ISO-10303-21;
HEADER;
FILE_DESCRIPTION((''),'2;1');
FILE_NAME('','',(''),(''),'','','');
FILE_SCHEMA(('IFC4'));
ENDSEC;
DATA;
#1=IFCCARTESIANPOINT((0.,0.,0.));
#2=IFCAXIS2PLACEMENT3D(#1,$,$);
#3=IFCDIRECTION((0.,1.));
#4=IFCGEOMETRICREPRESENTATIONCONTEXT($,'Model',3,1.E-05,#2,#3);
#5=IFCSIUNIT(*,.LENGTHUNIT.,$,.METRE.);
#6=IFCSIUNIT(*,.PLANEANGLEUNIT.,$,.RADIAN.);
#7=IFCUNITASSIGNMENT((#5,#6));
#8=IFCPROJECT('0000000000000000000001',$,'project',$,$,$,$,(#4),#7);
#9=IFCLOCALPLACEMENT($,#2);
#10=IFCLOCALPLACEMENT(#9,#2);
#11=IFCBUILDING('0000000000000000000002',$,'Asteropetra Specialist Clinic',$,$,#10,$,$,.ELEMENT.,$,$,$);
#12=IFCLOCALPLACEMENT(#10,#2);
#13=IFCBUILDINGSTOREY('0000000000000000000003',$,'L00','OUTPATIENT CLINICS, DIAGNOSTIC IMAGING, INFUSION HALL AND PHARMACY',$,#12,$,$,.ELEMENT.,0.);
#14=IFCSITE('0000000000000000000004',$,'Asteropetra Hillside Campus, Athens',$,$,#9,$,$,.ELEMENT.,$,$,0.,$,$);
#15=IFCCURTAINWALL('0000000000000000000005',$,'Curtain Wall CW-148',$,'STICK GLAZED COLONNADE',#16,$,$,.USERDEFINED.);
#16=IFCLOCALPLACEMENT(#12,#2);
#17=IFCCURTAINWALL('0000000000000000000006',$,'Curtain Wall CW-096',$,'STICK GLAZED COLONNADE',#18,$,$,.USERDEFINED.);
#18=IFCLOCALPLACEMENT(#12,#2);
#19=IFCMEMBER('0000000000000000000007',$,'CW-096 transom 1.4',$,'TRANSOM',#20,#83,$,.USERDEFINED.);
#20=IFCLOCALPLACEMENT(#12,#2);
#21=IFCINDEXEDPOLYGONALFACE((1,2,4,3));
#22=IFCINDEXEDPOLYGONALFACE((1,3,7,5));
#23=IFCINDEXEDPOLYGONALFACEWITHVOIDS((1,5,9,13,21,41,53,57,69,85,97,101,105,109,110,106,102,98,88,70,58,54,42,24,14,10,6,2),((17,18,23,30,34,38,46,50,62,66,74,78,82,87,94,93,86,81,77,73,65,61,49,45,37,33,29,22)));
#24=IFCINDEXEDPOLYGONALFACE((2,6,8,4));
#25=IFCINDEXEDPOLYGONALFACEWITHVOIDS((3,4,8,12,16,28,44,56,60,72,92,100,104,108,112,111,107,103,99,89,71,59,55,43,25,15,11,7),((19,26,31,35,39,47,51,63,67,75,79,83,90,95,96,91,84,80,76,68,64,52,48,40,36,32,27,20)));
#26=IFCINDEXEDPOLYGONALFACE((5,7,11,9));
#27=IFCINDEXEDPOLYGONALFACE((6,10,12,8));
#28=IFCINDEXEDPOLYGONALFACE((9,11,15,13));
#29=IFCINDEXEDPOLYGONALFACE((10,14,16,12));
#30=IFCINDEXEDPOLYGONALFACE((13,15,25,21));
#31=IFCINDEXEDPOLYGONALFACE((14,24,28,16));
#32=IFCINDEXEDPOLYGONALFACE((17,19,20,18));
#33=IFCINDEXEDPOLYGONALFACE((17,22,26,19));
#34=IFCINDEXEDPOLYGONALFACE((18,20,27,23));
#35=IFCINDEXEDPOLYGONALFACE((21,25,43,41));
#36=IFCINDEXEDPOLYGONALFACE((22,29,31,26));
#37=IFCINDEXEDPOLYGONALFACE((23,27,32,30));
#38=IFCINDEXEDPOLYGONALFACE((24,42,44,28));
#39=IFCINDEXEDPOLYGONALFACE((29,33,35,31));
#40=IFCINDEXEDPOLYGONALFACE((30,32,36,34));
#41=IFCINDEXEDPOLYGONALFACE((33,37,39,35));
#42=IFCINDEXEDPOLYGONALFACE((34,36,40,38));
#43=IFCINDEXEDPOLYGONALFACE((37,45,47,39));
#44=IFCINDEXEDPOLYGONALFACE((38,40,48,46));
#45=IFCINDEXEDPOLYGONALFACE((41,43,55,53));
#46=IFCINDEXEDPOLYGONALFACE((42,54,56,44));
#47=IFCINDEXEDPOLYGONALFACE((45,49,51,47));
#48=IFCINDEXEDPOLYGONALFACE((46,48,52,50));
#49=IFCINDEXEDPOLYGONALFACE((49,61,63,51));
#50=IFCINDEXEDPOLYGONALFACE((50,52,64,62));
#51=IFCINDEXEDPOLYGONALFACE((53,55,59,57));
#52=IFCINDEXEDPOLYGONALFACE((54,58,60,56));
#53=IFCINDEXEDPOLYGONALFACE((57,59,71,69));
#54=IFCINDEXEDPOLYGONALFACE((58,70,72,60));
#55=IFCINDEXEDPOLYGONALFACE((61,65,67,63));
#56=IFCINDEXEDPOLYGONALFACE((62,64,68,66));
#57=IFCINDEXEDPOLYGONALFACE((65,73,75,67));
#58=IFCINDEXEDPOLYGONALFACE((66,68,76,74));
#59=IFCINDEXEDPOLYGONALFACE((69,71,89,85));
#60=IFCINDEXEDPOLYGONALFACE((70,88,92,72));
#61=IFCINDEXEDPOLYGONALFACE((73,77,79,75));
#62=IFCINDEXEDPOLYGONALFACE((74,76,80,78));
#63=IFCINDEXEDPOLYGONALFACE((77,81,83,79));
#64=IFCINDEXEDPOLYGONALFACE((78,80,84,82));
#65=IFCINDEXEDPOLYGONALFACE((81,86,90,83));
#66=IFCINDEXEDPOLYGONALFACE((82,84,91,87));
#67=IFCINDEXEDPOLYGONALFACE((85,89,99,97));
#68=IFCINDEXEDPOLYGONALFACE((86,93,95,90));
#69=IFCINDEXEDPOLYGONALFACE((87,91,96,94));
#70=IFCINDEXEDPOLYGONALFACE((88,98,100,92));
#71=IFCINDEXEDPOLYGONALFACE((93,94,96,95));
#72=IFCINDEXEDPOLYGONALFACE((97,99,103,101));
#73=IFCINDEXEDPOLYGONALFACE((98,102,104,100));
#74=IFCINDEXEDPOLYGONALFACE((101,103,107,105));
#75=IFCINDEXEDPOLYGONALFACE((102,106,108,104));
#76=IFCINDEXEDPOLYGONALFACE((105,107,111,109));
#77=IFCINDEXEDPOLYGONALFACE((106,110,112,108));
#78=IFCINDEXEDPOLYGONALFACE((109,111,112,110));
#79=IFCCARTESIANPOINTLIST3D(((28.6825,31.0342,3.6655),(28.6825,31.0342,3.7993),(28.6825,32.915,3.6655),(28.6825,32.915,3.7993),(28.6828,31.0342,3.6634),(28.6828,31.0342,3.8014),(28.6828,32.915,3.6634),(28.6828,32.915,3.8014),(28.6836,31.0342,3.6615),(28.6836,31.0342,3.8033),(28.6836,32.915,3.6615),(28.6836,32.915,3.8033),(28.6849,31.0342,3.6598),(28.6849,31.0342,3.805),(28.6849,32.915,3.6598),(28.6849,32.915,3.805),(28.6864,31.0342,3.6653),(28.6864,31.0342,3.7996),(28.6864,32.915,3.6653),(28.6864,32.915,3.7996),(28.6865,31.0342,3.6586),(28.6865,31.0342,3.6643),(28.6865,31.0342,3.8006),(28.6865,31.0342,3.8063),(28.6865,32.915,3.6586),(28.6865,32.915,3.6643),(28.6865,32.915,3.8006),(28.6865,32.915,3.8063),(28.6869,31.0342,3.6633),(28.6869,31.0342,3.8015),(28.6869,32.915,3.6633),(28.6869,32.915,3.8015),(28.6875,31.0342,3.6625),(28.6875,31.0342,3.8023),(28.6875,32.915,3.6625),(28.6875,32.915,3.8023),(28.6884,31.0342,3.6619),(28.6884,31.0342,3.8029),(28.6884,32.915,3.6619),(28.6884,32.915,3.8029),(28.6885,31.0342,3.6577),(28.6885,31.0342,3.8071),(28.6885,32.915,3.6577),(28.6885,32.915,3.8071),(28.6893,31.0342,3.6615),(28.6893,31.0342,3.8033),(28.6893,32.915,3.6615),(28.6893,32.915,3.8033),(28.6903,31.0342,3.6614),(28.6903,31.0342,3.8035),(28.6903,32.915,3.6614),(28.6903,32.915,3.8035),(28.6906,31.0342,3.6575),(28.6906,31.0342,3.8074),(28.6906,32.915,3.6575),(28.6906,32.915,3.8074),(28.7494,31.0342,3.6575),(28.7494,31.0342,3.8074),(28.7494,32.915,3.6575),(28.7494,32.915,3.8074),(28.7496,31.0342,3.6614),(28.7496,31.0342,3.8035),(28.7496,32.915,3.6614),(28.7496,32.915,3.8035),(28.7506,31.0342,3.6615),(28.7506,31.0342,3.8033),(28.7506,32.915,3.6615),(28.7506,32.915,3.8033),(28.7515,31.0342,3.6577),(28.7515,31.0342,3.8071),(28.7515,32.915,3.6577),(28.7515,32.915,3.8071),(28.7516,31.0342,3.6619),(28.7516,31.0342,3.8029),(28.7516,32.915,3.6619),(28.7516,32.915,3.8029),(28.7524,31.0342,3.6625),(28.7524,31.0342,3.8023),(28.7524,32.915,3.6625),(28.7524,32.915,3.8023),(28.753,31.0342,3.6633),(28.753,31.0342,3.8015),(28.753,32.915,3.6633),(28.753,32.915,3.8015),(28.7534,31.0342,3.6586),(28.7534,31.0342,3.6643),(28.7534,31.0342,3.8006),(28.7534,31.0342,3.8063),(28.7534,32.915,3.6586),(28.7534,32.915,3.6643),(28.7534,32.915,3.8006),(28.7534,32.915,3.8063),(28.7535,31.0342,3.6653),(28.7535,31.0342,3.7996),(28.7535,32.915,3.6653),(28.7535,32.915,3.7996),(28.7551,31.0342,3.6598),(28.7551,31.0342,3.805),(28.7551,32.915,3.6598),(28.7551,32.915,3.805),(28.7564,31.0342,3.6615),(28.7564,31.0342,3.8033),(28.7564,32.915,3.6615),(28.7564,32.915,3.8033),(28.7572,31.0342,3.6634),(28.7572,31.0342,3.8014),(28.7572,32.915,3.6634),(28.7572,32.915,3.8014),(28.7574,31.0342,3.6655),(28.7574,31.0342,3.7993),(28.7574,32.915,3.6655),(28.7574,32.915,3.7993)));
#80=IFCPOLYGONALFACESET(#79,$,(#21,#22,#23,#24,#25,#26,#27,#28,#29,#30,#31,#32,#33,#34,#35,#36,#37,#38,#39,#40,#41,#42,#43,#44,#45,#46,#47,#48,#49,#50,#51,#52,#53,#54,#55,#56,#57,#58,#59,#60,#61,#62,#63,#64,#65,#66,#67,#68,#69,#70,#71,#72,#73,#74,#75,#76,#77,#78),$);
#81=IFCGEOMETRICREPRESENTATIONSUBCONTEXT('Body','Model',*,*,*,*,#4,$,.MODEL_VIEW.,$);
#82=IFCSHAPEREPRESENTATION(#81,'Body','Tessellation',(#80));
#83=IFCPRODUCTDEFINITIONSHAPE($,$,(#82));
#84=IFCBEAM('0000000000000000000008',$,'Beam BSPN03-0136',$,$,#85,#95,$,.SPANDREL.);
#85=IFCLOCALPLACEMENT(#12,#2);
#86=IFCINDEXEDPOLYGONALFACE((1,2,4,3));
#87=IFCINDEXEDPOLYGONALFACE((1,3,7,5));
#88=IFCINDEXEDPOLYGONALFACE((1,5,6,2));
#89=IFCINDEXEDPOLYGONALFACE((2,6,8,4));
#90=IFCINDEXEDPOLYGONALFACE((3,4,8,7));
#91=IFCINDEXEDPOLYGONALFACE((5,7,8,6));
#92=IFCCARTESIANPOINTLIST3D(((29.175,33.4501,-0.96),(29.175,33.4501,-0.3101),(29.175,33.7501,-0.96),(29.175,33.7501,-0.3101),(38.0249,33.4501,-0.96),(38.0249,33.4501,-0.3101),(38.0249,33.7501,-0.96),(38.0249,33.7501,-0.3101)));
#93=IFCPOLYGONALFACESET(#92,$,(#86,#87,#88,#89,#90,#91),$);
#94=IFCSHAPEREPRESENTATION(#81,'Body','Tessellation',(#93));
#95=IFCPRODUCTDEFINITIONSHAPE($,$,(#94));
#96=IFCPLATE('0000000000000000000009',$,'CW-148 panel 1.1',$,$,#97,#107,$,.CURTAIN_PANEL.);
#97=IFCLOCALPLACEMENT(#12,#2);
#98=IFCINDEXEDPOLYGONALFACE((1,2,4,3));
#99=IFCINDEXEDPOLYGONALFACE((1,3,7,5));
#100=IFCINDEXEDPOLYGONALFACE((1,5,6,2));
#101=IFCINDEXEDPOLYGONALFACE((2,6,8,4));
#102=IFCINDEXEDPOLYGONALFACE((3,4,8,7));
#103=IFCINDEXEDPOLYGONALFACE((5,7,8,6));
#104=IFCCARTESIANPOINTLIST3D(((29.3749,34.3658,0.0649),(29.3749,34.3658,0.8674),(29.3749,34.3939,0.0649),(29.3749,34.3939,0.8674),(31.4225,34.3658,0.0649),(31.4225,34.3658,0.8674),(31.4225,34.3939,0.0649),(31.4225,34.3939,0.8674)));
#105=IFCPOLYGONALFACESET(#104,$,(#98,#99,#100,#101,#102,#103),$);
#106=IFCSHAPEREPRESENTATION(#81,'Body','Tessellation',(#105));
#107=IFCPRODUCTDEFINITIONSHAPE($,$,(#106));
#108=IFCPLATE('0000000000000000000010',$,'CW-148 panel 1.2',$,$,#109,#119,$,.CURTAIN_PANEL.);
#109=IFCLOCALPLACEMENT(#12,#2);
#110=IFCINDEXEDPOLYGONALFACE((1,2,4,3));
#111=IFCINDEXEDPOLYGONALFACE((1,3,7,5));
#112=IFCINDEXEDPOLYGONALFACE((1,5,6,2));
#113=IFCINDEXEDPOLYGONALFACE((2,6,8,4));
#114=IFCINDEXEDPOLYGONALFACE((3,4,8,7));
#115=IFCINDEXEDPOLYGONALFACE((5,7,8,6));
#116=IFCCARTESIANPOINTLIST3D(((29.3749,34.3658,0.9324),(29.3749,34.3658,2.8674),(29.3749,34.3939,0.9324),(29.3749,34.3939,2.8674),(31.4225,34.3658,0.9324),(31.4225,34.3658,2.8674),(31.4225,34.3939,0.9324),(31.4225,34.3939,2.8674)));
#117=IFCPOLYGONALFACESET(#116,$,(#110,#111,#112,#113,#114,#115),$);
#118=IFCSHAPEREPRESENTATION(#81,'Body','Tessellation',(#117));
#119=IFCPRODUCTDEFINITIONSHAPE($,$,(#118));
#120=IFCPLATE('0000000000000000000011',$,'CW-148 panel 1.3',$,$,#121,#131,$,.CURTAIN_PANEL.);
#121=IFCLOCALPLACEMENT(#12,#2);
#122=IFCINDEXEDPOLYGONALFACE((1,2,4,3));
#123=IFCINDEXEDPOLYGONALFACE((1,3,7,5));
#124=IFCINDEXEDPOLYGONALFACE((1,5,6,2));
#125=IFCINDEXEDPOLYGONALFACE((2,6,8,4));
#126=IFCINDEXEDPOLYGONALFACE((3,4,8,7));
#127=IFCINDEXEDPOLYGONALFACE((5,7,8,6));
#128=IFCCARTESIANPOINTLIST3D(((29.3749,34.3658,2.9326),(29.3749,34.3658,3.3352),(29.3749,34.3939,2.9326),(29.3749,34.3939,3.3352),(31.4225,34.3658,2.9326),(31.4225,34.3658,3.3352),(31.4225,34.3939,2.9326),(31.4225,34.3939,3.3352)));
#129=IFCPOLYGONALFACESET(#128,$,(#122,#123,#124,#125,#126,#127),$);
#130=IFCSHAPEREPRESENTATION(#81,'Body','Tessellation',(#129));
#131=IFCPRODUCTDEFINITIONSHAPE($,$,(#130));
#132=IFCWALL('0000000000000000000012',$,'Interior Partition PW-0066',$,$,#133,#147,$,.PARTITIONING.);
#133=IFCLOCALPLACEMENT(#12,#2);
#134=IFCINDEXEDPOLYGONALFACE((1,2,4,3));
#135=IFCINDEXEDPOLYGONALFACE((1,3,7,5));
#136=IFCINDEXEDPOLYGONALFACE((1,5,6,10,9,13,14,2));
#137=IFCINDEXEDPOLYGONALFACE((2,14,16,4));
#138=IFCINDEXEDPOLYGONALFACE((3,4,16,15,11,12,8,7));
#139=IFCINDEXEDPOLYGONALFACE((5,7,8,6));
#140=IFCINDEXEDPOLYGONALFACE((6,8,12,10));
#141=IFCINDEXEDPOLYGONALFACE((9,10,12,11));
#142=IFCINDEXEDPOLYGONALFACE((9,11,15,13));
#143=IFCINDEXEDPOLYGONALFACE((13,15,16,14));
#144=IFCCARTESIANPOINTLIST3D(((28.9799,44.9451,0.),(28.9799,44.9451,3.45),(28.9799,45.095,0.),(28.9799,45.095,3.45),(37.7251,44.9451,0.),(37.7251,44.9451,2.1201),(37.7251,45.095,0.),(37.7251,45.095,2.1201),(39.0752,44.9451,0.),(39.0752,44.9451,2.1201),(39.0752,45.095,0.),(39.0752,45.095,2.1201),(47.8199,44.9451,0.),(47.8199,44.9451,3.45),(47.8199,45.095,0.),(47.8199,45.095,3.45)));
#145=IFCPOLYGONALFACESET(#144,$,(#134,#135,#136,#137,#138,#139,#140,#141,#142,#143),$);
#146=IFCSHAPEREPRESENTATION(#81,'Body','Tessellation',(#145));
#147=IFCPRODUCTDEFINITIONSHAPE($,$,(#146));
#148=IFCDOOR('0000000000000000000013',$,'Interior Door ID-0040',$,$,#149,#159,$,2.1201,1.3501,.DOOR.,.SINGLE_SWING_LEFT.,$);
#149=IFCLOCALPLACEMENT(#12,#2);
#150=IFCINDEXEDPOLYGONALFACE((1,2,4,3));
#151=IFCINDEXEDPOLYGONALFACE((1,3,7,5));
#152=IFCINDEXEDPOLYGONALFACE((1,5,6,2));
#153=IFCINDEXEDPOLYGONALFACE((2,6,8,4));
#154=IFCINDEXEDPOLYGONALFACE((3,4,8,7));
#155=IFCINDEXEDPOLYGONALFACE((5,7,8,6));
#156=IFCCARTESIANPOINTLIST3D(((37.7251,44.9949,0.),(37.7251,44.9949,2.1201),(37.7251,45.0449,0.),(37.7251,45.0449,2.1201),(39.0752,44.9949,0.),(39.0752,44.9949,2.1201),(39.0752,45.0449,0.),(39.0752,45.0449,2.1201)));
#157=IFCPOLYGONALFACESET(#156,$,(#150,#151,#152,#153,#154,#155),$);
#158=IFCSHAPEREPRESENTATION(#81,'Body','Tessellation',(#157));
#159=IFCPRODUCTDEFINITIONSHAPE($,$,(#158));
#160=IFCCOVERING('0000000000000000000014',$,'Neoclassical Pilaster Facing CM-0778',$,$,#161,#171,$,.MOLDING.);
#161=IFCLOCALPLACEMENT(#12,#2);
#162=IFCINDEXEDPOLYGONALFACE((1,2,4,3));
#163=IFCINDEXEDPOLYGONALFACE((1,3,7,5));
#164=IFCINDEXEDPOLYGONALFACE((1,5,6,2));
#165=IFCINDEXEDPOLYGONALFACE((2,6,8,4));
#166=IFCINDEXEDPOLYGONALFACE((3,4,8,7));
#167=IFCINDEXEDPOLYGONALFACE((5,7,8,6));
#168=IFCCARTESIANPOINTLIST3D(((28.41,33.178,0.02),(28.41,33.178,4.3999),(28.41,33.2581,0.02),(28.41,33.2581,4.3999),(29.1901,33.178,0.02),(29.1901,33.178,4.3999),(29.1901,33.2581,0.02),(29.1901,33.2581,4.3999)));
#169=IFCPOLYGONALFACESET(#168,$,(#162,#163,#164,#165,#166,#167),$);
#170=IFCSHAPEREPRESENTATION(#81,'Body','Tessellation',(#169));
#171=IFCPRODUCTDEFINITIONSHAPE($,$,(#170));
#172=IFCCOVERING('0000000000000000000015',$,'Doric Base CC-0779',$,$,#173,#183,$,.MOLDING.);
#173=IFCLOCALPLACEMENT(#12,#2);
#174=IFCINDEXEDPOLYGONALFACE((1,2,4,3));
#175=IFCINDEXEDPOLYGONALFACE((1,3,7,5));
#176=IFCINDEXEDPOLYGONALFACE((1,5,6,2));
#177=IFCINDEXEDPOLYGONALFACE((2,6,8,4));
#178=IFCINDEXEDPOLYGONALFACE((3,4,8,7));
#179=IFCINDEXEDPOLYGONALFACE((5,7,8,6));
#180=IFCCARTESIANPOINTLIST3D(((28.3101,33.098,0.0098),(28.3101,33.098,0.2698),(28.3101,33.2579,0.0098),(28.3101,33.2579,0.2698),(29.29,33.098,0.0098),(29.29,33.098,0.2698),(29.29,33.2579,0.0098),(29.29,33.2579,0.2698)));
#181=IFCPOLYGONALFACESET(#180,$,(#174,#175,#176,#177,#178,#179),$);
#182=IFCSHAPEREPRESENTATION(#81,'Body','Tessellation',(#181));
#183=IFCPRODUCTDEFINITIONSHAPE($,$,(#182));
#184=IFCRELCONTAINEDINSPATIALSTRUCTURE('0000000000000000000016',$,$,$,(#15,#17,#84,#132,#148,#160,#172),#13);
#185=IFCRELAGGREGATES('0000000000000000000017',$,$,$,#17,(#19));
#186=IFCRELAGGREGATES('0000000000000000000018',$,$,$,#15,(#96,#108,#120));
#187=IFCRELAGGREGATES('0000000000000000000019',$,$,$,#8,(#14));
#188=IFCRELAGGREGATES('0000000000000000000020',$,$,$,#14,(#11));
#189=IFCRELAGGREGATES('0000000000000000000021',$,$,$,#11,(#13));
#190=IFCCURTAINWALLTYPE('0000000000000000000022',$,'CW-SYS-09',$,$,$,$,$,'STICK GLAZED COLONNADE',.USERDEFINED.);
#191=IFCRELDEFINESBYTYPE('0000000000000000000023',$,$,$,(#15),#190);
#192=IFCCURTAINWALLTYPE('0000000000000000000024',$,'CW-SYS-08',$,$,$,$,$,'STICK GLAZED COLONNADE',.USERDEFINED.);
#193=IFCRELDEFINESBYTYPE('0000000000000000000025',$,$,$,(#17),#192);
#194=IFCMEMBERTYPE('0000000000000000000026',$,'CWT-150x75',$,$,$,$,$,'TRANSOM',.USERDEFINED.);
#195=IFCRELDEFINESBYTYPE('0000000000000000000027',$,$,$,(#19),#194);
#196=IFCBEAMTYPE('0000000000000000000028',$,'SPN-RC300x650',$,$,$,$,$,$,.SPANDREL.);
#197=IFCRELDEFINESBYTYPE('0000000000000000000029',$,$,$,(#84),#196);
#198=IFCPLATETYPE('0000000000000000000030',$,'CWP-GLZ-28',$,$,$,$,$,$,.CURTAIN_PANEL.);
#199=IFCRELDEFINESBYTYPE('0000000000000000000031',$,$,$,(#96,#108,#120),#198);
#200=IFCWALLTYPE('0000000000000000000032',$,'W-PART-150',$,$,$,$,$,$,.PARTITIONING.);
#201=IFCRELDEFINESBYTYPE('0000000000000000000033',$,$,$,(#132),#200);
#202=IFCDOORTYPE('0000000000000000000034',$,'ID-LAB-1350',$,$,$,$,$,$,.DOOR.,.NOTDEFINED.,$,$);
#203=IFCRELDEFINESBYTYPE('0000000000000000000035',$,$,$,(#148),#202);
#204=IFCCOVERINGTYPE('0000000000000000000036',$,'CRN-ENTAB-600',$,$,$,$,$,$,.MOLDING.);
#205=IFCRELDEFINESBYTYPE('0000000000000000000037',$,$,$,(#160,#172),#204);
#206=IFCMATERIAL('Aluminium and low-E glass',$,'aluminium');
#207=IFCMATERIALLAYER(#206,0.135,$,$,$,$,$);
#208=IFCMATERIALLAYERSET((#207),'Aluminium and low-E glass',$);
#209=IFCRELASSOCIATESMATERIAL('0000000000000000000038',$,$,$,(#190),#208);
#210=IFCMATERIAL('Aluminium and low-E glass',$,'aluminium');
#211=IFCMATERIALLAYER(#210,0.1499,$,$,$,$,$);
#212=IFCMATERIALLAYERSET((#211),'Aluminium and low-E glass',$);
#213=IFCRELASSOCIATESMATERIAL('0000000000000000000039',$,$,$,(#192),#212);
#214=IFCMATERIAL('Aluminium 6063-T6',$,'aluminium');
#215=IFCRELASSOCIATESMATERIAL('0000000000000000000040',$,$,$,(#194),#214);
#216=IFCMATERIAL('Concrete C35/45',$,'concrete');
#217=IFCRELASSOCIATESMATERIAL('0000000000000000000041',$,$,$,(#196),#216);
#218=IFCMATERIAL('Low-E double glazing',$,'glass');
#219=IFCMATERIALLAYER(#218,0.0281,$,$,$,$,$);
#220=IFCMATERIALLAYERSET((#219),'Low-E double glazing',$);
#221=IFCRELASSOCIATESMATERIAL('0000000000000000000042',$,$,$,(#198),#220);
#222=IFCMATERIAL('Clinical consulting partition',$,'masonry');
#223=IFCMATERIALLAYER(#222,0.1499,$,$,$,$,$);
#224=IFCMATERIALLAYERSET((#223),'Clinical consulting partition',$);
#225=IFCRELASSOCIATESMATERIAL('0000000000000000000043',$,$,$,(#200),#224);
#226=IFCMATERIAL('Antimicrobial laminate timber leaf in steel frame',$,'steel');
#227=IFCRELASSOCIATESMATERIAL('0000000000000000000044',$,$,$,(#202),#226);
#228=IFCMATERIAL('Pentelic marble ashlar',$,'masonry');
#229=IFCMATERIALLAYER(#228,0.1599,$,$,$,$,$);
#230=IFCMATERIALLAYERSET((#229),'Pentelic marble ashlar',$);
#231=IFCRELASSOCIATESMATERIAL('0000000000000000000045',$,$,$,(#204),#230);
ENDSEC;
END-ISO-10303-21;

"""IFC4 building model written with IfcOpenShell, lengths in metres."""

from ifc_helpers import new_model, si_unit, direction, frame, frame_2d, origin, origin_2d, place, context, subcontext, project, spatial, rectangle, hollow_rectangle, extrude, material, layer, layer_set, material_profile, profile_set, type_object, element, fill, aggregate, save


model = new_model("IFC4")

# Units and contexts
model_context = context("Model", 3, precision=1e-05, world=origin(), true_north=direction((0.0, 1.0)))
body_context = subcontext(model_context, "Body", "Model", "MODEL_VIEW")
ifc_project = project(units=[si_unit("LENGTHUNIT", "METRE"), si_unit("PLANEANGLEUNIT", "RADIAN")], contexts=[model_context])

# Site, building, storey
site_placement = place(None, origin())
site = spatial("IfcSite", under=ifc_project, at=site_placement, Name="Asteropetra Hillside Campus, Athens", CompositionType="ELEMENT", RefElevation=0.0)
building_placement = place(site_placement, origin())
building = spatial("IfcBuilding", under=site, at=building_placement, Name="Asteropetra Specialist Clinic", CompositionType="ELEMENT")
storey_placement = place(building_placement, origin())
storey = spatial("IfcBuildingStorey", under=building, at=storey_placement, Name="L00", Description="OUTPATIENT CLINICS, DIAGNOSTIC IMAGING, INFUSION HALL AND PHARMACY", CompositionType="ELEMENT", Elevation=0.0)

# Curtain walls
ifc_material_1 = material(Name="Aluminium and low-E glass", Category="aluminium")
ifc_layer_1 = layer(ifc_material_1, 0.135)
ifc_layer_set_1 = layer_set([ifc_layer_1], Name="Aluminium and low-E glass")
curtain_wall_type_1 = type_object("IfcCurtainWallType", Name="CW-SYS-09", ElementType="STICK GLAZED COLONNADE", PredefinedType="USERDEFINED", material=ifc_layer_set_1)
curtain_wall_1_placement = place(storey_placement, origin())
curtain_wall_1 = element("IfcCurtainWall", 1, at=curtain_wall_1_placement, inside=storey, type_object=curtain_wall_type_1, Name="Curtain Wall CW-148", ObjectType="STICK GLAZED COLONNADE", PredefinedType="USERDEFINED")
ifc_material_2 = material(Name="Aluminium and low-E glass", Category="aluminium")
ifc_layer_2 = layer(ifc_material_2, 0.1499)
ifc_layer_set_2 = layer_set([ifc_layer_2], Name="Aluminium and low-E glass")
curtain_wall_type_2 = type_object("IfcCurtainWallType", Name="CW-SYS-08", ElementType="STICK GLAZED COLONNADE", PredefinedType="USERDEFINED", material=ifc_layer_set_2)
curtain_wall_2_placement = place(storey_placement, origin())
curtain_wall_2 = element("IfcCurtainWall", 2, at=curtain_wall_2_placement, inside=storey, type_object=curtain_wall_type_2, Name="Curtain Wall CW-096", ObjectType="STICK GLAZED COLONNADE", PredefinedType="USERDEFINED")

# Member
ifc_material_3 = material(Name="Aluminium 6063-T6", Category="aluminium")
ifc_material_profile_1 = material_profile(ifc_material_3, hollow_rectangle(XDim=0.075, YDim=0.1499, WallThickness=0.0039, InnerFilletRadius=0.0039, OuterFilletRadius=0.0081, at=origin_2d()), Name="TRN 150x75x4.0")
ifc_profile_set_1 = profile_set([ifc_material_profile_1], Name="Aluminium 6063-T6")
member_type_1 = type_object("IfcMemberType", Name="CWT-150x75", ElementType="TRANSOM", PredefinedType="USERDEFINED", material=ifc_profile_set_1)
member_1_placement = place(storey_placement, frame((28.72, 32.915, 3.7324), z_axis=(0.0, -1.0, 0.0), x_axis=(1.0, 0.0, 0.0)))
member_1 = element("IfcMember", 3, at=member_1_placement, type_object=member_type_1, Name="CW-096 transom 1.4", ObjectType="TRANSOM", PredefinedType="USERDEFINED", context=body_context, shape_type="SweptSolid", body=[
    extrude(hollow_rectangle(XDim=0.075, YDim=0.1499, WallThickness=0.0039, InnerFilletRadius=0.0039, OuterFilletRadius=0.0081, at=origin_2d()), origin(), (0.0, 0.0, 1.0), 1.8809),
])
aggregate(curtain_wall_2, [member_1])

# Beam
ifc_material_4 = material(Name="Concrete C35/45", Category="concrete")
ifc_material_profile_2 = material_profile(ifc_material_4, rectangle(XDim=0.3, YDim=0.6499, at=origin_2d()), Name="RCS 300x650")
ifc_profile_set_2 = profile_set([ifc_material_profile_2], Name="Concrete C35/45")
beam_type_1 = type_object("IfcBeamType", Name="SPN-RC300x650", PredefinedType="SPANDREL", material=ifc_profile_set_2)
beam_1_placement = place(storey_placement, frame((29.175, 33.6001, -0.635), z_axis=(1.0, 0.0, 0.0), x_axis=(0.0, 1.0, 0.0)))
element("IfcBeam", 4, at=beam_1_placement, inside=storey, type_object=beam_type_1, Name="Beam BSPN03-0136", PredefinedType="SPANDREL", context=body_context, shape_type="SweptSolid", body=[
    extrude(rectangle(XDim=0.3, YDim=0.6499, at=origin_2d()), origin(), (0.0, 0.0, 1.0), 8.8499),
])

# Plates
ifc_material_5 = material(Name="Low-E double glazing", Category="glass")
ifc_layer_3 = layer(ifc_material_5, 0.0281)
ifc_layer_set_3 = layer_set([ifc_layer_3], Name="Low-E double glazing")
plate_type = type_object("IfcPlateType", Name="CWP-GLZ-28", PredefinedType="CURTAIN_PANEL", material=ifc_layer_set_3)
plate_1_placement = place(storey_placement, frame((30.3987, 34.3799, 0.0649), z_axis=(0.0, 0.0, 1.0), x_axis=(1.0, 0.0, 0.0)))
plate_1 = element("IfcPlate", 5, at=plate_1_placement, type_object=plate_type, Name="CW-148 panel 1.1", PredefinedType="CURTAIN_PANEL", context=body_context, shape_type="SweptSolid", body=[
    extrude(rectangle(XDim=2.0476, YDim=0.0281, at=origin_2d()), origin(), (0.0, 0.0, 1.0), 0.8025),
])
plate_2_placement = place(storey_placement, frame((30.3987, 34.3799, 0.9324), z_axis=(0.0, 0.0, 1.0), x_axis=(1.0, 0.0, 0.0)))
plate_2 = element("IfcPlate", 6, at=plate_2_placement, type_object=plate_type, Name="CW-148 panel 1.2", PredefinedType="CURTAIN_PANEL", context=body_context, shape_type="SweptSolid", body=[
    extrude(rectangle(XDim=2.0476, YDim=0.0281, at=origin_2d()), origin(), (0.0, 0.0, 1.0), 1.9351),
])
plate_3_placement = place(storey_placement, frame((30.3987, 34.3799, 2.9326), z_axis=(0.0, 0.0, 1.0), x_axis=(1.0, 0.0, 0.0)))
plate_3 = element("IfcPlate", 7, at=plate_3_placement, type_object=plate_type, Name="CW-148 panel 1.3", PredefinedType="CURTAIN_PANEL", context=body_context, shape_type="SweptSolid", body=[
    extrude(rectangle(XDim=2.0476, YDim=0.0281, at=origin_2d()), origin(), (0.0, 0.0, 1.0), 0.4026),
])
aggregate(curtain_wall_1, [plate_1, plate_2, plate_3])

# Wall, opening, door
ifc_material_6 = material(Name="Clinical consulting partition", Category="masonry")
ifc_layer_4 = layer(ifc_material_6, 0.1499)
ifc_layer_set_4 = layer_set([ifc_layer_4], Name="Clinical consulting partition")
wall_type = type_object("IfcWallType", Name="W-PART-150", PredefinedType="PARTITIONING", material=ifc_layer_set_4)
wall_placement = place(storey_placement, frame((28.98, 45.02, 0.0), z_axis=(0.0, 0.0, 1.0), x_axis=(1.0, 0.0, 0.0)))
wall = element("IfcWall", 8, at=wall_placement, inside=storey, type_object=wall_type, Name="Interior Partition PW-0066", PredefinedType="PARTITIONING", context=body_context, shape_type="SweptSolid", body=[
    extrude(rectangle(XDim=18.8401, YDim=0.1499, at=frame_2d((9.4199, 0.0))), origin(), (0.0, 0.0, 1.0), 3.45),
])
opening_placement = place(wall_placement, frame((8.7451, 0.0, 0.0)))
opening = element("IfcOpeningElement", 9, at=opening_placement, cuts=wall, PredefinedType="OPENING", context=body_context, shape_type="SweptSolid", body=[
    extrude(rectangle(XDim=1.3501, YDim=2.1201, at=frame_2d((0.675, 1.0601))), frame((0.0, 0.085, 0.0), z_axis=(0.0, -1.0, 0.0), x_axis=(1.0, 0.0, 0.0)), (0.0, 0.0, 1.0), 0.1699),
])
ifc_material_7 = material(Name="Antimicrobial laminate timber leaf in steel frame", Category="steel")
door_type = type_object("IfcDoorType", Name="ID-LAB-1350", OperationType="NOTDEFINED", PredefinedType="DOOR", material=ifc_material_7)
door_placement = place(opening_placement, origin())
door = element("IfcDoor", 10, at=door_placement, inside=storey, type_object=door_type, Name="Interior Door ID-0040", OperationType="SINGLE_SWING_LEFT", OverallHeight=2.1201, OverallWidth=1.3501, PredefinedType="DOOR", context=body_context, shape_type="SweptSolid", body=[
    extrude(rectangle(XDim=1.3501, YDim=2.1201, at=frame_2d((0.675, 1.0601))), frame((0.0, 0.0249, 0.0), z_axis=(0.0, -1.0, 0.0), x_axis=(1.0, 0.0, 0.0)), (0.0, 0.0, 1.0), 0.05),
])
fill(opening, door)

# Coverings
ifc_material_8 = material(Name="Pentelic marble ashlar", Category="masonry")
ifc_layer_5 = layer(ifc_material_8, 0.1599)
ifc_layer_set_5 = layer_set([ifc_layer_5], Name="Pentelic marble ashlar")
covering_type = type_object("IfcCoveringType", Name="CRN-ENTAB-600", PredefinedType="MOLDING", material=ifc_layer_set_5)
covering_placement = place(storey_placement, frame((28.8, 33.218, 0.02), z_axis=(0.0, 0.0, 1.0), x_axis=(1.0, 0.0, 0.0)))
element("IfcCovering", 11, at=covering_placement, inside=storey, type_object=covering_type, Name="Neoclassical Pilaster Facing CM-0778", PredefinedType="MOLDING", context=body_context, shape_type="SweptSolid", body=[
    extrude(rectangle(XDim=0.78, YDim=0.0801, at=origin_2d()), origin(), (0.0, 0.0, 1.0), 4.3799),
])
for number, where, z_axis, x_axis, name in (
    (12, (28.8, 33.178, 0.0098), (0.0, 0.0, 1.0), (1.0, 0.0, 0.0), "Doric Base CC-0779"),
):
    element("IfcCovering", number, at=place(storey_placement, frame(where, z_axis=z_axis, x_axis=x_axis)), inside=storey, type_object=covering_type, Name=name, PredefinedType="MOLDING", context=body_context, shape_type="SweptSolid", body=[
        extrude(rectangle(XDim=0.98, YDim=0.1599, at=origin_2d()), origin(), (0.0, 0.0, 1.0), 0.26),
    ])

save(model, "model.ifc")
